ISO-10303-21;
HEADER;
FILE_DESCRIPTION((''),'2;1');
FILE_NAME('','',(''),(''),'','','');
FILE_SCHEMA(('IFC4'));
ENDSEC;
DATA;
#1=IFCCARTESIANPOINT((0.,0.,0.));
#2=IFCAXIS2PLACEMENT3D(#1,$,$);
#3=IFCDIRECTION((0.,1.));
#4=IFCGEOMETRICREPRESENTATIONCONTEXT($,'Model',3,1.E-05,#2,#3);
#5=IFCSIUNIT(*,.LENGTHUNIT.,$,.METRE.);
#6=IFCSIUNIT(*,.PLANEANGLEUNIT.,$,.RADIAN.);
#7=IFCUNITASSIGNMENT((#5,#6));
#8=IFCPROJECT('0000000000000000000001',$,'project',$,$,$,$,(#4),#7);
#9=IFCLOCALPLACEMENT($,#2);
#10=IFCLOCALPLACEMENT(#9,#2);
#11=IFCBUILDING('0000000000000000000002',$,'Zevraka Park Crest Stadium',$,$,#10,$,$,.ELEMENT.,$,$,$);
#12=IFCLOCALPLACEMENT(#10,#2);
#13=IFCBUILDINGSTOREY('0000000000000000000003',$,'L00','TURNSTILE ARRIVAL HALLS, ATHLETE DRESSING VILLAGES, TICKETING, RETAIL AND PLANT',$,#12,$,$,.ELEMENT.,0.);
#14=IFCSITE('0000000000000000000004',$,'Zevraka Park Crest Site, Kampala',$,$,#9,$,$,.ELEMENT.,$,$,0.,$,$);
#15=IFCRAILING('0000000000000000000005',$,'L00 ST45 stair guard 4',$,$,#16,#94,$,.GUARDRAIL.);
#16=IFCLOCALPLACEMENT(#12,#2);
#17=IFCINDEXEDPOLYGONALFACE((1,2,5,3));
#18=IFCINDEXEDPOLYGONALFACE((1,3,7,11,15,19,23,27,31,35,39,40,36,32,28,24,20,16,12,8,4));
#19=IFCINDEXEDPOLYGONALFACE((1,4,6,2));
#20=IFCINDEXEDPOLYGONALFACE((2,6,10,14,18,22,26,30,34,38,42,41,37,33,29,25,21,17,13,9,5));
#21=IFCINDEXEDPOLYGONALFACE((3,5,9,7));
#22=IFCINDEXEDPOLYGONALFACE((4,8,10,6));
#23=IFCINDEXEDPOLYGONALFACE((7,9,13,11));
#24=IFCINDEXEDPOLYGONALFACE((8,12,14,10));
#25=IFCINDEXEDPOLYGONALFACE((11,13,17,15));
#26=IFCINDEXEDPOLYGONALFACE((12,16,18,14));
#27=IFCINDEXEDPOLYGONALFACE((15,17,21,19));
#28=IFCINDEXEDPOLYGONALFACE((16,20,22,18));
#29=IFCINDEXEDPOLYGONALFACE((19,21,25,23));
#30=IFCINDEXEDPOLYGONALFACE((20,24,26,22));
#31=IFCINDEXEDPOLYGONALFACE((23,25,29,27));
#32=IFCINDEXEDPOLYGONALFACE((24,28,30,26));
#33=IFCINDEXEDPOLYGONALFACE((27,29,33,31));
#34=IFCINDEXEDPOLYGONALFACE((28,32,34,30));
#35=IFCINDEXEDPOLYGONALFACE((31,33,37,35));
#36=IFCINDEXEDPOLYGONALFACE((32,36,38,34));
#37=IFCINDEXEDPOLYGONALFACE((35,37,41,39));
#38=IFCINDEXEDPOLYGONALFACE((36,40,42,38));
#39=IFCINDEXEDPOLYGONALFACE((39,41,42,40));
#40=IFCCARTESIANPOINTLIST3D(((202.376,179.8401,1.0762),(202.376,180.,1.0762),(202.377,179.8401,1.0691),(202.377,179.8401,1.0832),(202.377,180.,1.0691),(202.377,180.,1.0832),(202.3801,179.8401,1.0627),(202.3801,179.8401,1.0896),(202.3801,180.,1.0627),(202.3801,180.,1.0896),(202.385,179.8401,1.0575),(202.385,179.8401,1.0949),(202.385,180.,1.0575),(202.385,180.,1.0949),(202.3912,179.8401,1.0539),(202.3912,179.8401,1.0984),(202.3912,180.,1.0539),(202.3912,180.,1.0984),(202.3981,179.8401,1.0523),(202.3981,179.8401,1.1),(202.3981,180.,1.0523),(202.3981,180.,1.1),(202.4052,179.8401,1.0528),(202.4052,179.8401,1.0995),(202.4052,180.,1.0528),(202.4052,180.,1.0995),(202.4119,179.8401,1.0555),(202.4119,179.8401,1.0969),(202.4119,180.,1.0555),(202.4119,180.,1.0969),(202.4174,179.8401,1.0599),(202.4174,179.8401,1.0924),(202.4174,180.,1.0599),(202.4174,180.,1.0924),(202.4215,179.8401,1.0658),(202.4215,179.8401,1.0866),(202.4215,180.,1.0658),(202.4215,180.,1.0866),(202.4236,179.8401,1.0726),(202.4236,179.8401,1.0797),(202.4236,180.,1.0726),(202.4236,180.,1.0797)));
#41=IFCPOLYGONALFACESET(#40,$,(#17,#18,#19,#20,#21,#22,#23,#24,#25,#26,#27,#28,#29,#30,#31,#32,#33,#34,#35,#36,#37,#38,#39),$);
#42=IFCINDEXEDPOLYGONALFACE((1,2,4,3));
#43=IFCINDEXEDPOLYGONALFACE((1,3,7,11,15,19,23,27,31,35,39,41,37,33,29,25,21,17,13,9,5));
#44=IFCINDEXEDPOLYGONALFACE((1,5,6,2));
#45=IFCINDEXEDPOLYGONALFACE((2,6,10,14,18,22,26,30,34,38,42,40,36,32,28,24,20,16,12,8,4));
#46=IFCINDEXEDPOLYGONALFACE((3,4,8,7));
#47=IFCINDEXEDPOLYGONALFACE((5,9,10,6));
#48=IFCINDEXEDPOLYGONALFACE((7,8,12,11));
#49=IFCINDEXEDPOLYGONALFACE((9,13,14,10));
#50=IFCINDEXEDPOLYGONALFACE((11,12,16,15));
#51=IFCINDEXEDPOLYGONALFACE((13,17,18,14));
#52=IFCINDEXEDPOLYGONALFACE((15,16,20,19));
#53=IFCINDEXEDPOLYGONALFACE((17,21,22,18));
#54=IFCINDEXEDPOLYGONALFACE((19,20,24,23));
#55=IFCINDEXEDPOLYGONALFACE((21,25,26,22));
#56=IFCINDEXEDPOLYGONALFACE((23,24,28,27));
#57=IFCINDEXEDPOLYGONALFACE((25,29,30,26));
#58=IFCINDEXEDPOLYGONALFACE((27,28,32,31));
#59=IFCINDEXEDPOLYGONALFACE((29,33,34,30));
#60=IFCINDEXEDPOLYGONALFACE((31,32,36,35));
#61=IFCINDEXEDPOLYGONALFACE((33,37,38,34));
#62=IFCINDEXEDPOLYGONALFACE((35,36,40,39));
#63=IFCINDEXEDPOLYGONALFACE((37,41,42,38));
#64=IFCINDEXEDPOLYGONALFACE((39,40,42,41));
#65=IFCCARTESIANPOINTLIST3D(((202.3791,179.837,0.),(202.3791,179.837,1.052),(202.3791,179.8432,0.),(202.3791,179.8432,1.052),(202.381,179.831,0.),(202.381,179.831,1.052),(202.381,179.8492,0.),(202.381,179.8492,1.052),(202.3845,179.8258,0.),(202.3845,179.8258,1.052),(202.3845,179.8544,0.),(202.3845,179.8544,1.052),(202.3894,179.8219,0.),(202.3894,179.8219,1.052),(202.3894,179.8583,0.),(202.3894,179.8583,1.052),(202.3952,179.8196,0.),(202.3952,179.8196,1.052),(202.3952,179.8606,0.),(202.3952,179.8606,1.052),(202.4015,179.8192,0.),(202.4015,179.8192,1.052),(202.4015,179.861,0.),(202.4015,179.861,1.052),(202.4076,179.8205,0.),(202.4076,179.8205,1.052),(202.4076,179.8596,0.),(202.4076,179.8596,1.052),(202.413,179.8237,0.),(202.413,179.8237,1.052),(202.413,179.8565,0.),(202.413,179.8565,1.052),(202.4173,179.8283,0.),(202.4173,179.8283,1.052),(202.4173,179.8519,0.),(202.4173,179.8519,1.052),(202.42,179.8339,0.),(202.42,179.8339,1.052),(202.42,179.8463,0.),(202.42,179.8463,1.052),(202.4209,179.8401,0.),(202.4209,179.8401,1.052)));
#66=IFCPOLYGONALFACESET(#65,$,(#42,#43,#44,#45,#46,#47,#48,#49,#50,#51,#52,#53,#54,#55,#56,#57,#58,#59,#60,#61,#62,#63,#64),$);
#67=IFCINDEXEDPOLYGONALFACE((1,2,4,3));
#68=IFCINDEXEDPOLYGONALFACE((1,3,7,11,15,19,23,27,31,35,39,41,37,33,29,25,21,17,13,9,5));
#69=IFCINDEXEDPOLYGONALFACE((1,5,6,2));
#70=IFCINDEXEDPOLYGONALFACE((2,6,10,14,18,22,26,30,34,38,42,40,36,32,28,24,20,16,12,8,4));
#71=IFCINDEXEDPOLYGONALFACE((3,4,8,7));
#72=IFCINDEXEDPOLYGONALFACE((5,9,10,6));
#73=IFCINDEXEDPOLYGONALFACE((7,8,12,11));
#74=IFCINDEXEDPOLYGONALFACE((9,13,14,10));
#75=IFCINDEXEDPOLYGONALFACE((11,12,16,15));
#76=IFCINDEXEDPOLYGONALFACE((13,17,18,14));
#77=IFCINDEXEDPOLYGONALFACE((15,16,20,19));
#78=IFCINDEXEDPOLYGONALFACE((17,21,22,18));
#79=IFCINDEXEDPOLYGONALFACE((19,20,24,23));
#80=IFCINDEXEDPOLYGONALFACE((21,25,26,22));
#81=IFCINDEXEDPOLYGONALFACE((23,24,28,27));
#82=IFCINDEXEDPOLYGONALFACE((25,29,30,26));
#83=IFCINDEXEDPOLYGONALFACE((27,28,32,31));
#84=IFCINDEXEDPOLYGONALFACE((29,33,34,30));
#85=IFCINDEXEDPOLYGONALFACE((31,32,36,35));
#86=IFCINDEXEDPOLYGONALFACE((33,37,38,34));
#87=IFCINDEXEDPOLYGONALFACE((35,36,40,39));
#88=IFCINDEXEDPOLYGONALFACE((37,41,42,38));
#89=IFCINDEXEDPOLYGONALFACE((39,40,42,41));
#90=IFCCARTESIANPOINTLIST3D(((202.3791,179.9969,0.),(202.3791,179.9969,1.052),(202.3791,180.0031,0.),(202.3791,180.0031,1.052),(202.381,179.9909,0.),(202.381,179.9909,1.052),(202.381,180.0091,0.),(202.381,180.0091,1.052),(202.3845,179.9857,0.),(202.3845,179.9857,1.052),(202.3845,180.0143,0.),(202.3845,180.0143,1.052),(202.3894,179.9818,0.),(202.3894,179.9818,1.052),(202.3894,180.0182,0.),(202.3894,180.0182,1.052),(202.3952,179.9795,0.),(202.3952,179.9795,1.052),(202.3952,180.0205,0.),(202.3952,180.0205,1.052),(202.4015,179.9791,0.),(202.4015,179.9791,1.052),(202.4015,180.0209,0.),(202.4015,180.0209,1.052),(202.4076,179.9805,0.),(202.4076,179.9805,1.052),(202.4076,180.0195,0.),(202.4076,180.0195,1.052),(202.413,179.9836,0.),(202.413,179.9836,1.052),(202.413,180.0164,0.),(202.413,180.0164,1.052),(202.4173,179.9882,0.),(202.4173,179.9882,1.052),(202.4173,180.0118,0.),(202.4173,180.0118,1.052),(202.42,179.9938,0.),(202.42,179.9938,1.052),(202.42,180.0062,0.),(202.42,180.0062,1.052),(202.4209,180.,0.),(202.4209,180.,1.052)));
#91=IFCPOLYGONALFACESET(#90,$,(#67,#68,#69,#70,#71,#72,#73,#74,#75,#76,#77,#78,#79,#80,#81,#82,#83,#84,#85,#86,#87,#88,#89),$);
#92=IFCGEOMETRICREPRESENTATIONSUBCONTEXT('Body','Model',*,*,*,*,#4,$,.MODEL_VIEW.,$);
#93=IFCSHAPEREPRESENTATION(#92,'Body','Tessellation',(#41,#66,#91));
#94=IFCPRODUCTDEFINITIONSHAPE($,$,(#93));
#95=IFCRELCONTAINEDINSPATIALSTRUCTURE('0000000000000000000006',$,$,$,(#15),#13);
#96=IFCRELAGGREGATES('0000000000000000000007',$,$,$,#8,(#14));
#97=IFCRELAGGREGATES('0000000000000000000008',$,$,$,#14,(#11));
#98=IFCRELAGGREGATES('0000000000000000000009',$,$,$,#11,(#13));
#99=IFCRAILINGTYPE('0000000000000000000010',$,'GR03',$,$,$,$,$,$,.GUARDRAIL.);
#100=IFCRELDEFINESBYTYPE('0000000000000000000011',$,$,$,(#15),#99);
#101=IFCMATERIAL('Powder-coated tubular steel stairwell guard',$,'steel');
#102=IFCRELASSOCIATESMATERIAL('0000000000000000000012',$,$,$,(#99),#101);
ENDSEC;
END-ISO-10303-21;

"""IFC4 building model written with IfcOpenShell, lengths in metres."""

from ifc_helpers import new_model, si_unit, direction, frame, origin, origin_2d, place, context, subcontext, project, spatial, circle, extrude, material, type_object, element, save


model = new_model("IFC4")

# Units and contexts
model_context = context("Model", 3, precision=1e-05, world=origin(), true_north=direction((0.0, 1.0)))
body_context = subcontext(model_context, "Body", "Model", "MODEL_VIEW")
ifc_project = project(units=[si_unit("LENGTHUNIT", "METRE"), si_unit("PLANEANGLEUNIT", "RADIAN")], contexts=[model_context])

# Site, building, storey
site_placement = place(None, origin())
site = spatial("IfcSite", under=ifc_project, at=site_placement, Name="Zevraka Park Crest Site, Kampala", CompositionType="ELEMENT", RefElevation=0.0)
building_placement = place(site_placement, origin())
building = spatial("IfcBuilding", under=site, at=building_placement, Name="Zevraka Park Crest Stadium", CompositionType="ELEMENT")
storey_placement = place(building_placement, origin())
storey = spatial("IfcBuildingStorey", under=building, at=storey_placement, Name="L00", Description="TURNSTILE ARRIVAL HALLS, ATHLETE DRESSING VILLAGES, TICKETING, RETAIL AND PLANT", CompositionType="ELEMENT", Elevation=0.0)

# Railing
ifc_material_1 = material(Name="Powder-coated tubular steel stairwell guard", Category="steel")
railing_type_1 = type_object("IfcRailingType", Name="GR03", PredefinedType="GUARDRAIL", material=ifc_material_1)
railing_1_placement = place(storey_placement, frame((202.3999, 179.8401, 0.0)))
element("IfcRailing", 1, at=railing_1_placement, inside=storey, type_object=railing_type_1, Name="L00 ST45 stair guard 4", PredefinedType="GUARDRAIL", context=body_context, shape_type="SweptSolid", body=[
    extrude(circle(Radius=0.0239, at=origin_2d()), frame((0.0, 0.0, 1.0762), z_axis=(0.0, 1.0, 0.0), x_axis=(-1.0, 0.0, 0.0)), (0.0, 0.0, 1.0), 0.1599),
    extrude(circle(Radius=0.021, at=origin_2d()), origin(), (0.0, 0.0, 1.0), 1.052),
    extrude(circle(Radius=0.021, at=origin_2d()), frame((0.0, 0.1599, 0.0)), (0.0, 0.0, 1.0), 1.052),
])

save(model, "model.ifc")
